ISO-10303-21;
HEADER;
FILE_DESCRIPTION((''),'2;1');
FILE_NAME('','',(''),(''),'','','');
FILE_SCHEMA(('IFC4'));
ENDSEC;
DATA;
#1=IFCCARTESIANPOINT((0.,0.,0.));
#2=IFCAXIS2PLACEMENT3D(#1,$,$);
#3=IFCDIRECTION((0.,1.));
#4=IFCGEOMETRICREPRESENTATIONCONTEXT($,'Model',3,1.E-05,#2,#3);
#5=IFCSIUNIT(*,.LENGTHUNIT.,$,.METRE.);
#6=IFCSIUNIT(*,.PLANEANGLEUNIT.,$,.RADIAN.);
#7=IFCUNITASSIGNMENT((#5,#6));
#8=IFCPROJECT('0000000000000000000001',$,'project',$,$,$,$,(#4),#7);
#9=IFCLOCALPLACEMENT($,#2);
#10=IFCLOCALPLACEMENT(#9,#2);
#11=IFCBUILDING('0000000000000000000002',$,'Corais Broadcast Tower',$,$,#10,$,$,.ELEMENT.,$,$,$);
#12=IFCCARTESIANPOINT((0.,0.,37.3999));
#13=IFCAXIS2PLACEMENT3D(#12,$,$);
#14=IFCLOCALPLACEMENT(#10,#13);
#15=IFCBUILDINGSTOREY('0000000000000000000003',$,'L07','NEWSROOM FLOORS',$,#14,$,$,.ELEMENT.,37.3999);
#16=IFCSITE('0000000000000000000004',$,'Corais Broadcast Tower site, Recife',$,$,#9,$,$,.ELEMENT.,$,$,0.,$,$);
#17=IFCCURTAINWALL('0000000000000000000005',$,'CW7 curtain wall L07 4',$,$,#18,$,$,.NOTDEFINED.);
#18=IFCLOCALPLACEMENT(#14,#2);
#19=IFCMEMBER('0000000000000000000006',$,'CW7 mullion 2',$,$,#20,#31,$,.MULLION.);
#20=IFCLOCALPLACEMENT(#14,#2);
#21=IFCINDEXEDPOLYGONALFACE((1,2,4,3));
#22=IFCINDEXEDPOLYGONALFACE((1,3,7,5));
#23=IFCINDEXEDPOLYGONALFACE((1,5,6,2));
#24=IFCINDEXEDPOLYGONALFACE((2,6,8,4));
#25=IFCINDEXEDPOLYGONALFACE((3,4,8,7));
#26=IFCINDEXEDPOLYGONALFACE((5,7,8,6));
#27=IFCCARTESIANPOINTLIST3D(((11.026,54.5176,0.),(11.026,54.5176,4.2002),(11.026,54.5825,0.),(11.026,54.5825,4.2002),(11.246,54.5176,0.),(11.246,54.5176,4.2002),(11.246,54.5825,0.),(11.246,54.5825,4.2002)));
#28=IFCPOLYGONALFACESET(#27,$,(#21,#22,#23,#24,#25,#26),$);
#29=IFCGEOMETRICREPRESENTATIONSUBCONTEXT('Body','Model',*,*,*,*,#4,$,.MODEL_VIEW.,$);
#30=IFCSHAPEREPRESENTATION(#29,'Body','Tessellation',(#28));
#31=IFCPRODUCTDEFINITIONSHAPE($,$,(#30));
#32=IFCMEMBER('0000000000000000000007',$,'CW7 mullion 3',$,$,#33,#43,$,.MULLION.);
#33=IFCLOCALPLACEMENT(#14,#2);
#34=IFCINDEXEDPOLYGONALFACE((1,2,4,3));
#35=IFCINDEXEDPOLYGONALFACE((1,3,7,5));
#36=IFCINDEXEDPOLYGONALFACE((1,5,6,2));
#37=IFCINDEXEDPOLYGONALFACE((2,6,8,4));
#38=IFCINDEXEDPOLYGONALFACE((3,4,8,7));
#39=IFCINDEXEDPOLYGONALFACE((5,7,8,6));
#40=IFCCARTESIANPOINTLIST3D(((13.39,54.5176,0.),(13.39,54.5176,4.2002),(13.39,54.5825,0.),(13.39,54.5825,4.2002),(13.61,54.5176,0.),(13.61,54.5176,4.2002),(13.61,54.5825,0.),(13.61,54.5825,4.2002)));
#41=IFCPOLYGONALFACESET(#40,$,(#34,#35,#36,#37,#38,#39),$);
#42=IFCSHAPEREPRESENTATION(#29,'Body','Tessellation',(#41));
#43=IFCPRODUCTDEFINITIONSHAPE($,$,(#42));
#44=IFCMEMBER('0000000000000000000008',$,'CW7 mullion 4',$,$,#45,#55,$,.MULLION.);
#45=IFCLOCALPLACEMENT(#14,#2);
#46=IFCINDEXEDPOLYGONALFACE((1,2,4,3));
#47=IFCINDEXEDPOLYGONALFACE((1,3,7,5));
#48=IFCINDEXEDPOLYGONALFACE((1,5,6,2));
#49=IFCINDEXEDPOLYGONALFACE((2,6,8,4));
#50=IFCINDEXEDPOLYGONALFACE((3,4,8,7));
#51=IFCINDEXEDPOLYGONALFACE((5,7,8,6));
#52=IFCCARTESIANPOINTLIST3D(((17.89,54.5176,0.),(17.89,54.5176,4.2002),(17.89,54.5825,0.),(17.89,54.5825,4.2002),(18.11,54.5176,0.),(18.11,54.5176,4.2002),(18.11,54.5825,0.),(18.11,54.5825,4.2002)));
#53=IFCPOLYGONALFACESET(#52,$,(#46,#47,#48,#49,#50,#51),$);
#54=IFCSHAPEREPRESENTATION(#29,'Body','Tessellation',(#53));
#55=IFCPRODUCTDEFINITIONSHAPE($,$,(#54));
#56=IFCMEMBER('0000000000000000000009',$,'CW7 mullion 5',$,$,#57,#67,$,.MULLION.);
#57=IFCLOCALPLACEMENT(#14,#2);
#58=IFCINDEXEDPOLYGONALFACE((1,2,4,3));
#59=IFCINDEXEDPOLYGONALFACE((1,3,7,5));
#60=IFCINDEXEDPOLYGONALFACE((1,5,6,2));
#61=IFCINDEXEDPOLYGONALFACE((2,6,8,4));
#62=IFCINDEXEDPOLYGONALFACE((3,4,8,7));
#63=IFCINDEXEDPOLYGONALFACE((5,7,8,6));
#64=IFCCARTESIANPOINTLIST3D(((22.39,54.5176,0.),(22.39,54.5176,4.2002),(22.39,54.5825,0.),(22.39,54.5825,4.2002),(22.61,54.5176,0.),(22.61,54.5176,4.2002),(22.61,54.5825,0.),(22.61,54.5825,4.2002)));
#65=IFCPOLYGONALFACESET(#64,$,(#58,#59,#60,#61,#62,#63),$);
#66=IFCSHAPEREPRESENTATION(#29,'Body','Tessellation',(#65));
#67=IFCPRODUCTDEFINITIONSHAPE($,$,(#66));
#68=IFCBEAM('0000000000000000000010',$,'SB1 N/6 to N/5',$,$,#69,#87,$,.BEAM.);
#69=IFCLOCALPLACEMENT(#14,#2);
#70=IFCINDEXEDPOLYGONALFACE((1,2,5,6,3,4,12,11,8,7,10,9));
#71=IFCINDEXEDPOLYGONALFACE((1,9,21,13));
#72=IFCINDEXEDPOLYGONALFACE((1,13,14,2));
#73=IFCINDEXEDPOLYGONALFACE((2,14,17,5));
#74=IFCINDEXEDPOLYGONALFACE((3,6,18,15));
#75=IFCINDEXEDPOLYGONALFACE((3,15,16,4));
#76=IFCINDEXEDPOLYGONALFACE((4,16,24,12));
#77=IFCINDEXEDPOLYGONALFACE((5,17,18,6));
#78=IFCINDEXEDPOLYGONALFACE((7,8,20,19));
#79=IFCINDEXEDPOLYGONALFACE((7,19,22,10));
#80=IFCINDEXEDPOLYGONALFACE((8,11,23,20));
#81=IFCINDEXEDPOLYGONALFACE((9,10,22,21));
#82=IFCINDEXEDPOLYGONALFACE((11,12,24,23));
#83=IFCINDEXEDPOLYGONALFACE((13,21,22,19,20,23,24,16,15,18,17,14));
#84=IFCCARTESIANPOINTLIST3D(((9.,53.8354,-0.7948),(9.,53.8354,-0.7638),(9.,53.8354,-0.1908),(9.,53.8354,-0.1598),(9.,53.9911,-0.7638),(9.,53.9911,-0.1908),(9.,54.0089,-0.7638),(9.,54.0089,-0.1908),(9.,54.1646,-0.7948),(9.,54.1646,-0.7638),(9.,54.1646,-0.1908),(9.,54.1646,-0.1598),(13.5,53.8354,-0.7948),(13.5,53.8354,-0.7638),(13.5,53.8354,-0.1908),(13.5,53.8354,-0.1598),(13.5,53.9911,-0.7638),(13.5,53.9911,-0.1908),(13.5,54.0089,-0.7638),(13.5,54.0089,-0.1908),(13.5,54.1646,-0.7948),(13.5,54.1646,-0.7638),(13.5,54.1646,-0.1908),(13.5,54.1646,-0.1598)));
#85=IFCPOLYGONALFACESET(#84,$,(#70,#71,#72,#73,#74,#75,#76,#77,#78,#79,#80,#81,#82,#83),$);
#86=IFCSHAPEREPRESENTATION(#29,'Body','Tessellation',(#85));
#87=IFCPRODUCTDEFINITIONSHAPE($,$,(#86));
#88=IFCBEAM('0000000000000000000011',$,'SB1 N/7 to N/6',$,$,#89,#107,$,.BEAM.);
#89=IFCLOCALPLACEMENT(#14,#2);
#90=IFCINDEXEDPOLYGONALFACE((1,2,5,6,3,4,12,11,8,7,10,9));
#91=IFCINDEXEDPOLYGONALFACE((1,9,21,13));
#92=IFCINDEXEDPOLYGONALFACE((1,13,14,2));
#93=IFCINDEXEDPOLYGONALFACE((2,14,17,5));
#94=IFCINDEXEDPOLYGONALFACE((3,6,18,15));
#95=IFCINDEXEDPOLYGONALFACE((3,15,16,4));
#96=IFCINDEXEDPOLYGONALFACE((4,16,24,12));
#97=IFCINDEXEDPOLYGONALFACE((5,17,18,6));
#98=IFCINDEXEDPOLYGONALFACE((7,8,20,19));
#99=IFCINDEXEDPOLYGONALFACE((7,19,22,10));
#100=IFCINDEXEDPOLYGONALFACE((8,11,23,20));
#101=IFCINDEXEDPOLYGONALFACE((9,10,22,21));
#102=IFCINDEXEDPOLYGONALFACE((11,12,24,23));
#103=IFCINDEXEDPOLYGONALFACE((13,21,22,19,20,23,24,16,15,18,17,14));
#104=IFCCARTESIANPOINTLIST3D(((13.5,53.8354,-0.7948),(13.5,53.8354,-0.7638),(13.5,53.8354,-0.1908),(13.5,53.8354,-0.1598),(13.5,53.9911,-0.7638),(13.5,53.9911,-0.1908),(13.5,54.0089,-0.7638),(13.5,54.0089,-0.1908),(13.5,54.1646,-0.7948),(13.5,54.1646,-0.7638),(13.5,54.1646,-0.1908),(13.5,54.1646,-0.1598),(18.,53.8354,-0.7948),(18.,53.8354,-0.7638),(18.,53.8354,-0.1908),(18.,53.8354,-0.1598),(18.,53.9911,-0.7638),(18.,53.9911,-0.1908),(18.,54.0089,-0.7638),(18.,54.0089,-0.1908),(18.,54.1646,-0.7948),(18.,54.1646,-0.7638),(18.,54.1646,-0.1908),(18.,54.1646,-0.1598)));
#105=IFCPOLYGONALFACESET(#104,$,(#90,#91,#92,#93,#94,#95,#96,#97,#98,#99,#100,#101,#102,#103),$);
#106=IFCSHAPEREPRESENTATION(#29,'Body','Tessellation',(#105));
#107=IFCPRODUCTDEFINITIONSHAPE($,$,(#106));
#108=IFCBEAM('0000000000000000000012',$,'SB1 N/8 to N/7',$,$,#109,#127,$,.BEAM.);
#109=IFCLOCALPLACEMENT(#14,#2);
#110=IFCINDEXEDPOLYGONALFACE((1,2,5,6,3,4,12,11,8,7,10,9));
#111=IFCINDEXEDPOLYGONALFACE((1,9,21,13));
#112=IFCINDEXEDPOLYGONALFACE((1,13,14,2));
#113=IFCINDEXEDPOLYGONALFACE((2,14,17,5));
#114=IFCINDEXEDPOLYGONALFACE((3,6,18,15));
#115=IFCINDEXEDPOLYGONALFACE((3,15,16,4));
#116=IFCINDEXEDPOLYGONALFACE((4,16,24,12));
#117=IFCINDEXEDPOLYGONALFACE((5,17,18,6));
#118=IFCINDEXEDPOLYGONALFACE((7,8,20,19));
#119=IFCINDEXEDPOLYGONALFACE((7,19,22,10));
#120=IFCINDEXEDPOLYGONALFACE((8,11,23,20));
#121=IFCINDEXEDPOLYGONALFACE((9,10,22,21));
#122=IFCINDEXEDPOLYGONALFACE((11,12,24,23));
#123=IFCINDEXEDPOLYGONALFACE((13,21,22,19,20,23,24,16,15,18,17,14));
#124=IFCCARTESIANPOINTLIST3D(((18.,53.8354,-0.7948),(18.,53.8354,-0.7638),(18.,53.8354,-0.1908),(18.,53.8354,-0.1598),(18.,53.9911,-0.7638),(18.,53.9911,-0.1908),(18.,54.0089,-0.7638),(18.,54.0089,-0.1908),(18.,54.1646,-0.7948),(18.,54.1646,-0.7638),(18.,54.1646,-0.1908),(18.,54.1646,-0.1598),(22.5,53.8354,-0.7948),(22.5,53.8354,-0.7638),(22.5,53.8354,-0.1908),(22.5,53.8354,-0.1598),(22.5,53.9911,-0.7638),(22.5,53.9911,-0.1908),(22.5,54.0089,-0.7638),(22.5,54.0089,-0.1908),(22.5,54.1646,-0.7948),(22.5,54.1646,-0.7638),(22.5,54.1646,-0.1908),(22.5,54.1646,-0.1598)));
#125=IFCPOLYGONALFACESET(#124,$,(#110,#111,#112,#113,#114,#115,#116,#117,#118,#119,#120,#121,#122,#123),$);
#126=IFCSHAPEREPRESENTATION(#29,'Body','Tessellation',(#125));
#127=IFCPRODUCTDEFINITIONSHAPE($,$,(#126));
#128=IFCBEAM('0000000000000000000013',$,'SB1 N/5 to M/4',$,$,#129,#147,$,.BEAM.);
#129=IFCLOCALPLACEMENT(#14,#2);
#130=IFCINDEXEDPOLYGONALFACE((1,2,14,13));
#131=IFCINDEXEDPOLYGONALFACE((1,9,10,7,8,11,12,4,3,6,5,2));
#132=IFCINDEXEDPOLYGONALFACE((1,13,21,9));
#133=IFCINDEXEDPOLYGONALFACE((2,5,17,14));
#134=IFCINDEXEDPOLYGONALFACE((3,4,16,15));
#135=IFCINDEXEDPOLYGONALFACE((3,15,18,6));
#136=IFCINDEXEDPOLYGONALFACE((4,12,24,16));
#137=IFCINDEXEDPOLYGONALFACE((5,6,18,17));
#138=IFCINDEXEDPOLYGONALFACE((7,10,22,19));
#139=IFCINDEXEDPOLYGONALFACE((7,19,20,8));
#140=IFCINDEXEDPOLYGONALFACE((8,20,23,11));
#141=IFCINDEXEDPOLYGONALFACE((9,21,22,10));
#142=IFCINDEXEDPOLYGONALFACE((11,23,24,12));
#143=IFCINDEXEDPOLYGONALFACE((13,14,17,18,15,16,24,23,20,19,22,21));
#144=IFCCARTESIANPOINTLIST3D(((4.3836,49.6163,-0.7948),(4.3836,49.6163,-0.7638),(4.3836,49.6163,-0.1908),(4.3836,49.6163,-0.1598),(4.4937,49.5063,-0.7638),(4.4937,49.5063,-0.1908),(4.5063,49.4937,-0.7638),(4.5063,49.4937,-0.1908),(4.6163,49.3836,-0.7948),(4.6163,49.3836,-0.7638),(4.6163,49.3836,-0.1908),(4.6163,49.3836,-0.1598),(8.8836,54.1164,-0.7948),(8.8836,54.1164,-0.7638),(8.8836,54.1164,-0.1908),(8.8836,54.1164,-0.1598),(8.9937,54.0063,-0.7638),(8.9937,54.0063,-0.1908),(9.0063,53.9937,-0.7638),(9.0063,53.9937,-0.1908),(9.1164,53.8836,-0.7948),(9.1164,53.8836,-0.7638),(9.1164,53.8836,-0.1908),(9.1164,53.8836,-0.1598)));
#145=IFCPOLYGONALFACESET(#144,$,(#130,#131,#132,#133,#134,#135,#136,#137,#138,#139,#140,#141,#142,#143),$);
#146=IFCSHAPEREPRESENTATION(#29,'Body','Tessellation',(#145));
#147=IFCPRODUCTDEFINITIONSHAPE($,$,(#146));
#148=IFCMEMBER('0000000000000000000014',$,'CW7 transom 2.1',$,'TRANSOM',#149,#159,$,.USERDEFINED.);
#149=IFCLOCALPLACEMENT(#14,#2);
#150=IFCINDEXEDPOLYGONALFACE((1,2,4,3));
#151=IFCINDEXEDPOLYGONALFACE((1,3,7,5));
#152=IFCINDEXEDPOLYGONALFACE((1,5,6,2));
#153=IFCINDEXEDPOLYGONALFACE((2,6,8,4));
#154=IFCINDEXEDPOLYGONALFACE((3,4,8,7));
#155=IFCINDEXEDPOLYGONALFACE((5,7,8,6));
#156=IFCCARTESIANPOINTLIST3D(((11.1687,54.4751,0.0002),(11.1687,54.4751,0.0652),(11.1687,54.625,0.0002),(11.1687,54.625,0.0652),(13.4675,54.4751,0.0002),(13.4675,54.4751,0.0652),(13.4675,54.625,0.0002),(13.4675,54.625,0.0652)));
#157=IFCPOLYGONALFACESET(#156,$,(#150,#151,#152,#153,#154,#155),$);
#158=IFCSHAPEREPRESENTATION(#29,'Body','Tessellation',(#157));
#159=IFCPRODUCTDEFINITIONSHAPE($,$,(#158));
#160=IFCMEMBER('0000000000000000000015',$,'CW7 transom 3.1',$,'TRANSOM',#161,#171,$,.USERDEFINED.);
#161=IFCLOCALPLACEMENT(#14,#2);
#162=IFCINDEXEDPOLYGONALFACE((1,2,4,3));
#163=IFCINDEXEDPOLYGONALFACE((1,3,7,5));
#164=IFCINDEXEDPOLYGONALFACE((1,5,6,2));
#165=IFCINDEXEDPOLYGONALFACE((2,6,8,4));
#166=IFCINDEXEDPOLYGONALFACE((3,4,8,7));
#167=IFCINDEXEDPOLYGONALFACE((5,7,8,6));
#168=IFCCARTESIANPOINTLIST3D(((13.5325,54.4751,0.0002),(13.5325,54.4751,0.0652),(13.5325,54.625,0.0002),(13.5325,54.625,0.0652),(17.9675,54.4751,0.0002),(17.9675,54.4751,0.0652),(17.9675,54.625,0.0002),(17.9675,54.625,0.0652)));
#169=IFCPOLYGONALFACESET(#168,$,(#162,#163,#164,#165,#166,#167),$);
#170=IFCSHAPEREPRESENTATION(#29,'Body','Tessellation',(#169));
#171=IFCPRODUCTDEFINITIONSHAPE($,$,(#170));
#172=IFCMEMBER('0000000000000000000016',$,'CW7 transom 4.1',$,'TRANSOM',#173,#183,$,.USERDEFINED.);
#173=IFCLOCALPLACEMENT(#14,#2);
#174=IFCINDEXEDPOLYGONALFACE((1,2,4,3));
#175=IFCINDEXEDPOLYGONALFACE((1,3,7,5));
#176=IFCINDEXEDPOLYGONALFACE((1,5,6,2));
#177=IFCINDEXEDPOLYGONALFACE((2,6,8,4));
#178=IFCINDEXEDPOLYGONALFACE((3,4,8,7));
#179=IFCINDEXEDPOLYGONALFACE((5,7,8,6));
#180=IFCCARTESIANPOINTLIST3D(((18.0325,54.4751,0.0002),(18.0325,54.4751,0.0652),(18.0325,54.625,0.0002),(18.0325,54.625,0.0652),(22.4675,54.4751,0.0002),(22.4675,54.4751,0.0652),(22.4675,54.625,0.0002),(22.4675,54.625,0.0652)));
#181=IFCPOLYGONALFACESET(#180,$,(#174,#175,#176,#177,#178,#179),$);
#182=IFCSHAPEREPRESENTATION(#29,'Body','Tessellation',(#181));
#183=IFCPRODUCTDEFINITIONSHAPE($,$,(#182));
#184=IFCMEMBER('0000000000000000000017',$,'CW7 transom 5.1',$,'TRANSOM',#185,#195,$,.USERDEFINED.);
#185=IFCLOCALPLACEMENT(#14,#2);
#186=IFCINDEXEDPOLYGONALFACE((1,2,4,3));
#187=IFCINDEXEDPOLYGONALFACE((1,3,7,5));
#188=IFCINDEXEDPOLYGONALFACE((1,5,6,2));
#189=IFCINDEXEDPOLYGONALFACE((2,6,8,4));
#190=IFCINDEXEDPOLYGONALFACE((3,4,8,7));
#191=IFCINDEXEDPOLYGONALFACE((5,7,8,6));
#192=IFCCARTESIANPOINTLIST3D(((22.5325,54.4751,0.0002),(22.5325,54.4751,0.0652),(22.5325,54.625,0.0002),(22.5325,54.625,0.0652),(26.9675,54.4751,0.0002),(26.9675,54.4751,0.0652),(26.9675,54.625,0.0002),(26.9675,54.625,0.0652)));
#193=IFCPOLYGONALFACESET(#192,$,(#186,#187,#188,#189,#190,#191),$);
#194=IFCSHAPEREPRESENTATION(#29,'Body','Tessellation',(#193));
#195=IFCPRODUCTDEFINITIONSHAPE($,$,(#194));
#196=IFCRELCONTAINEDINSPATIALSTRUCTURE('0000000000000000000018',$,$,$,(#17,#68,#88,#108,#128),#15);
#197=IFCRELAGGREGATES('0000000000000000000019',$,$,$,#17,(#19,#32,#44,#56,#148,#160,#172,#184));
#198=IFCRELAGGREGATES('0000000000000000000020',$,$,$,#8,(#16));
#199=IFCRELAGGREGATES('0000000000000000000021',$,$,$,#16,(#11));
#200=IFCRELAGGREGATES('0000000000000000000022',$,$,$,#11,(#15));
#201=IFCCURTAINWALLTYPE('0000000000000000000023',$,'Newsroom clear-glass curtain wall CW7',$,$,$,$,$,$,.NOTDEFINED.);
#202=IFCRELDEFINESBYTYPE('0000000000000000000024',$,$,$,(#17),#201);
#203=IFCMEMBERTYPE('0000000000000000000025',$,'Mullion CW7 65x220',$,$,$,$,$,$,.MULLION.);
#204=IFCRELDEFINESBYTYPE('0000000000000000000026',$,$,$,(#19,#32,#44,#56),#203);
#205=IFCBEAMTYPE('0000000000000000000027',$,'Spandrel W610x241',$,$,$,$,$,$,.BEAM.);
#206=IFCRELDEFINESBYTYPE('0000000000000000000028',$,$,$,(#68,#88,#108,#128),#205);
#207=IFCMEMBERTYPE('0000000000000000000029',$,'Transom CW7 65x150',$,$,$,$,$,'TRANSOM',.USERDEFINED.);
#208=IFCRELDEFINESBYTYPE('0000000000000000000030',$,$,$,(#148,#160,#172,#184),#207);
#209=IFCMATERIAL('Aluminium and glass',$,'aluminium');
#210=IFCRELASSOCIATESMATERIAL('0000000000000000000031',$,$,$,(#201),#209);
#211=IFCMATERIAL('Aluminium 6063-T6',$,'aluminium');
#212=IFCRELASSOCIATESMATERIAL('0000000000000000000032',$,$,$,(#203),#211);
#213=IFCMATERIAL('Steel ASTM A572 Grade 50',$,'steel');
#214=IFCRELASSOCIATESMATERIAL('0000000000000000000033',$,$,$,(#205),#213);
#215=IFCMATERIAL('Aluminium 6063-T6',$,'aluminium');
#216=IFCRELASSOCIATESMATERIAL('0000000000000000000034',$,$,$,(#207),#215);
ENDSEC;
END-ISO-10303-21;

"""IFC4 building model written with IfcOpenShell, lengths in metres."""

from ifc_helpers import new_model, si_unit, direction, frame, origin, origin_2d, place, context, subcontext, project, spatial, rectangle, i_section, extrude, material, material_profile, profile_set, type_object, element, aggregate, save


model = new_model("IFC4")

# Units and contexts
model_context = context("Model", 3, precision=1e-05, world=origin(), true_north=direction((0.0, 1.0)))
body_context = subcontext(model_context, "Body", "Model", "MODEL_VIEW")
ifc_project = project(units=[si_unit("LENGTHUNIT", "METRE"), si_unit("PLANEANGLEUNIT", "RADIAN")], contexts=[model_context])

# Site, building, storey
site_placement = place(None, origin())
site = spatial("IfcSite", under=ifc_project, at=site_placement, Name="Corais Broadcast Tower site, Recife", CompositionType="ELEMENT", RefElevation=0.0)
building_placement = place(site_placement, origin())
building = spatial("IfcBuilding", under=site, at=building_placement, Name="Corais Broadcast Tower", CompositionType="ELEMENT")
storey_placement = place(building_placement, frame((0.0, 0.0, 37.3999)))
storey = spatial("IfcBuildingStorey", under=building, at=storey_placement, Name="L07", Description="NEWSROOM FLOORS", CompositionType="ELEMENT", Elevation=37.3999)

# Curtain wall, members
ifc_material_1 = material(Name="Aluminium and glass", Category="aluminium")
curtain_wall_type = type_object("IfcCurtainWallType", Name="Newsroom clear-glass curtain wall CW7", PredefinedType="NOTDEFINED", material=ifc_material_1)
curtain_wall_placement = place(storey_placement, origin())
curtain_wall = element("IfcCurtainWall", 1, at=curtain_wall_placement, inside=storey, type_object=curtain_wall_type, Name="CW7 curtain wall L07 4", PredefinedType="NOTDEFINED")
ifc_material_2 = material(Name="Aluminium 6063-T6", Category="aluminium")
ifc_material_profile_1 = material_profile(ifc_material_2, rectangle(XDim=0.0649, YDim=0.22, at=origin_2d()), Name="Mullion CW7 65x220")
ifc_profile_set_1 = profile_set([ifc_material_profile_1], Name="Aluminium 6063-T6")
member_type_1 = type_object("IfcMemberType", Name="Mullion CW7 65x220", PredefinedType="MULLION", material=ifc_profile_set_1)
member_1_placement = place(storey_placement, frame((11.136, 54.55, 0.0), z_axis=(0.0, 0.0, 1.0), x_axis=(0.0, 1.0, 0.0)))
member_1 = element("IfcMember", 2, at=member_1_placement, type_object=member_type_1, Name="CW7 mullion 2", PredefinedType="MULLION", context=body_context, shape_type="SweptSolid", body=[
    extrude(rectangle(XDim=0.0649, YDim=0.22, at=origin_2d()), origin(), (0.0, 0.0, 1.0), 4.2002),
])
member_2_placement = place(storey_placement, frame((13.5, 54.55, 0.0), z_axis=(0.0, 0.0, 1.0), x_axis=(0.0, 1.0, 0.0)))
member_2 = element("IfcMember", 3, at=member_2_placement, type_object=member_type_1, Name="CW7 mullion 3", PredefinedType="MULLION", context=body_context, shape_type="SweptSolid", body=[
    extrude(rectangle(XDim=0.0649, YDim=0.22, at=origin_2d()), origin(), (0.0, 0.0, 1.0), 4.2002),
])
member_3_placement = place(storey_placement, frame((18.0, 54.55, 0.0), z_axis=(0.0, 0.0, 1.0), x_axis=(0.0, 1.0, 0.0)))
member_3 = element("IfcMember", 4, at=member_3_placement, type_object=member_type_1, Name="CW7 mullion 4", PredefinedType="MULLION", context=body_context, shape_type="SweptSolid", body=[
    extrude(rectangle(XDim=0.0649, YDim=0.22, at=origin_2d()), origin(), (0.0, 0.0, 1.0), 4.2002),
])
member_4_placement = place(storey_placement, frame((22.5, 54.55, 0.0), z_axis=(0.0, 0.0, 1.0), x_axis=(0.0, 1.0, 0.0)))
member_4 = element("IfcMember", 5, at=member_4_placement, type_object=member_type_1, Name="CW7 mullion 5", PredefinedType="MULLION", context=body_context, shape_type="SweptSolid", body=[
    extrude(rectangle(XDim=0.0649, YDim=0.22, at=origin_2d()), origin(), (0.0, 0.0, 1.0), 4.2002),
])

# Beams
ifc_material_3 = material(Name="Steel ASTM A572 Grade 50", Category="steel")
ifc_material_profile_2 = material_profile(ifc_material_3, i_section(OverallWidth=0.3291, OverallDepth=0.635, WebThickness=0.0178, FlangeThickness=0.031, at=origin_2d()), Name="W610x241")
ifc_profile_set_2 = profile_set([ifc_material_profile_2], Name="Steel ASTM A572 Grade 50")
beam_type_1 = type_object("IfcBeamType", Name="Spandrel W610x241", PredefinedType="BEAM", material=ifc_profile_set_2)
for number, where, z_axis, x_axis, name in (
    (6, (13.5, 54.0, -0.4773), (-1.0, 0.0, 0.0), (0.0, -1.0, 0.0), "SB1 N/6 to N/5"),
    (7, (18.0, 54.0, -0.4773), (-1.0, 0.0, 0.0), (0.0, -1.0, 0.0), "SB1 N/7 to N/6"),
    (8, (22.5, 54.0, -0.4773), (-1.0, 0.0, 0.0), (0.0, -1.0, 0.0), "SB1 N/8 to N/7"),
):
    element("IfcBeam", number, at=place(storey_placement, frame(where, z_axis=z_axis, x_axis=x_axis)), inside=storey, type_object=beam_type_1, Name=name, PredefinedType="BEAM", context=body_context, shape_type="SweptSolid", body=[
        extrude(i_section(OverallWidth=0.3291, OverallDepth=0.635, WebThickness=0.0178, FlangeThickness=0.031, at=origin_2d()), origin(), (0.0, 0.0, 1.0), 4.5),
    ])
beam_1_placement = place(storey_placement, frame((9.0, 54.0, -0.4773), z_axis=(-0.707107, -0.707107, 0.0), x_axis=(0.707107, -0.707107, 0.0)))
element("IfcBeam", 9, at=beam_1_placement, inside=storey, type_object=beam_type_1, Name="SB1 N/5 to M/4", PredefinedType="BEAM", context=body_context, shape_type="SweptSolid", body=[
    extrude(i_section(OverallWidth=0.3291, OverallDepth=0.635, WebThickness=0.0178, FlangeThickness=0.031, at=origin_2d()), origin(), (0.0, 0.0, 1.0), 6.364),
])

# Members
ifc_material_4 = material(Name="Aluminium 6063-T6", Category="aluminium")
ifc_material_profile_3 = material_profile(ifc_material_4, rectangle(XDim=0.1499, YDim=0.0649, at=origin_2d()), Name="Transom CW7 65x150")
ifc_profile_set_3 = profile_set([ifc_material_profile_3], Name="Aluminium 6063-T6")
member_type_2 = type_object("IfcMemberType", Name="Transom CW7 65x150", ElementType="TRANSOM", PredefinedType="USERDEFINED", material=ifc_profile_set_3)
member_5_placement = place(storey_placement, frame((11.1687, 54.55, 0.0327), z_axis=(1.0, 0.0, 0.0), x_axis=(0.0, 1.0, 0.0)))
member_5 = element("IfcMember", 10, at=member_5_placement, type_object=member_type_2, Name="CW7 transom 2.1", ObjectType="TRANSOM", PredefinedType="USERDEFINED", context=body_context, shape_type="SweptSolid", body=[
    extrude(rectangle(XDim=0.1499, YDim=0.0649, at=origin_2d()), origin(), (0.0, 0.0, 1.0), 2.2988),
])
member_6_placement = place(storey_placement, frame((13.5325, 54.55, 0.0327), z_axis=(1.0, 0.0, 0.0), x_axis=(0.0, 1.0, 0.0)))
member_6 = element("IfcMember", 11, at=member_6_placement, type_object=member_type_2, Name="CW7 transom 3.1", ObjectType="TRANSOM", PredefinedType="USERDEFINED", context=body_context, shape_type="SweptSolid", body=[
    extrude(rectangle(XDim=0.1499, YDim=0.0649, at=origin_2d()), origin(), (0.0, 0.0, 1.0), 4.4351),
])
member_7_placement = place(storey_placement, frame((18.0325, 54.55, 0.0327), z_axis=(1.0, 0.0, 0.0), x_axis=(0.0, 1.0, 0.0)))
member_7 = element("IfcMember", 12, at=member_7_placement, type_object=member_type_2, Name="CW7 transom 4.1", ObjectType="TRANSOM", PredefinedType="USERDEFINED", context=body_context, shape_type="SweptSolid", body=[
    extrude(rectangle(XDim=0.1499, YDim=0.0649, at=origin_2d()), origin(), (0.0, 0.0, 1.0), 4.4351),
])
member_8_placement = place(storey_placement, frame((22.5325, 54.55, 0.0327), z_axis=(1.0, 0.0, 0.0), x_axis=(0.0, 1.0, 0.0)))
member_8 = element("IfcMember", 13, at=member_8_placement, type_object=member_type_2, Name="CW7 transom 5.1", ObjectType="TRANSOM", PredefinedType="USERDEFINED", context=body_context, shape_type="SweptSolid", body=[
    extrude(rectangle(XDim=0.1499, YDim=0.0649, at=origin_2d()), origin(), (0.0, 0.0, 1.0), 4.4351),
])

aggregate(curtain_wall, [member_1, member_2, member_3, member_4, member_5, member_6, member_7, member_8])

save(model, "model.ifc")
